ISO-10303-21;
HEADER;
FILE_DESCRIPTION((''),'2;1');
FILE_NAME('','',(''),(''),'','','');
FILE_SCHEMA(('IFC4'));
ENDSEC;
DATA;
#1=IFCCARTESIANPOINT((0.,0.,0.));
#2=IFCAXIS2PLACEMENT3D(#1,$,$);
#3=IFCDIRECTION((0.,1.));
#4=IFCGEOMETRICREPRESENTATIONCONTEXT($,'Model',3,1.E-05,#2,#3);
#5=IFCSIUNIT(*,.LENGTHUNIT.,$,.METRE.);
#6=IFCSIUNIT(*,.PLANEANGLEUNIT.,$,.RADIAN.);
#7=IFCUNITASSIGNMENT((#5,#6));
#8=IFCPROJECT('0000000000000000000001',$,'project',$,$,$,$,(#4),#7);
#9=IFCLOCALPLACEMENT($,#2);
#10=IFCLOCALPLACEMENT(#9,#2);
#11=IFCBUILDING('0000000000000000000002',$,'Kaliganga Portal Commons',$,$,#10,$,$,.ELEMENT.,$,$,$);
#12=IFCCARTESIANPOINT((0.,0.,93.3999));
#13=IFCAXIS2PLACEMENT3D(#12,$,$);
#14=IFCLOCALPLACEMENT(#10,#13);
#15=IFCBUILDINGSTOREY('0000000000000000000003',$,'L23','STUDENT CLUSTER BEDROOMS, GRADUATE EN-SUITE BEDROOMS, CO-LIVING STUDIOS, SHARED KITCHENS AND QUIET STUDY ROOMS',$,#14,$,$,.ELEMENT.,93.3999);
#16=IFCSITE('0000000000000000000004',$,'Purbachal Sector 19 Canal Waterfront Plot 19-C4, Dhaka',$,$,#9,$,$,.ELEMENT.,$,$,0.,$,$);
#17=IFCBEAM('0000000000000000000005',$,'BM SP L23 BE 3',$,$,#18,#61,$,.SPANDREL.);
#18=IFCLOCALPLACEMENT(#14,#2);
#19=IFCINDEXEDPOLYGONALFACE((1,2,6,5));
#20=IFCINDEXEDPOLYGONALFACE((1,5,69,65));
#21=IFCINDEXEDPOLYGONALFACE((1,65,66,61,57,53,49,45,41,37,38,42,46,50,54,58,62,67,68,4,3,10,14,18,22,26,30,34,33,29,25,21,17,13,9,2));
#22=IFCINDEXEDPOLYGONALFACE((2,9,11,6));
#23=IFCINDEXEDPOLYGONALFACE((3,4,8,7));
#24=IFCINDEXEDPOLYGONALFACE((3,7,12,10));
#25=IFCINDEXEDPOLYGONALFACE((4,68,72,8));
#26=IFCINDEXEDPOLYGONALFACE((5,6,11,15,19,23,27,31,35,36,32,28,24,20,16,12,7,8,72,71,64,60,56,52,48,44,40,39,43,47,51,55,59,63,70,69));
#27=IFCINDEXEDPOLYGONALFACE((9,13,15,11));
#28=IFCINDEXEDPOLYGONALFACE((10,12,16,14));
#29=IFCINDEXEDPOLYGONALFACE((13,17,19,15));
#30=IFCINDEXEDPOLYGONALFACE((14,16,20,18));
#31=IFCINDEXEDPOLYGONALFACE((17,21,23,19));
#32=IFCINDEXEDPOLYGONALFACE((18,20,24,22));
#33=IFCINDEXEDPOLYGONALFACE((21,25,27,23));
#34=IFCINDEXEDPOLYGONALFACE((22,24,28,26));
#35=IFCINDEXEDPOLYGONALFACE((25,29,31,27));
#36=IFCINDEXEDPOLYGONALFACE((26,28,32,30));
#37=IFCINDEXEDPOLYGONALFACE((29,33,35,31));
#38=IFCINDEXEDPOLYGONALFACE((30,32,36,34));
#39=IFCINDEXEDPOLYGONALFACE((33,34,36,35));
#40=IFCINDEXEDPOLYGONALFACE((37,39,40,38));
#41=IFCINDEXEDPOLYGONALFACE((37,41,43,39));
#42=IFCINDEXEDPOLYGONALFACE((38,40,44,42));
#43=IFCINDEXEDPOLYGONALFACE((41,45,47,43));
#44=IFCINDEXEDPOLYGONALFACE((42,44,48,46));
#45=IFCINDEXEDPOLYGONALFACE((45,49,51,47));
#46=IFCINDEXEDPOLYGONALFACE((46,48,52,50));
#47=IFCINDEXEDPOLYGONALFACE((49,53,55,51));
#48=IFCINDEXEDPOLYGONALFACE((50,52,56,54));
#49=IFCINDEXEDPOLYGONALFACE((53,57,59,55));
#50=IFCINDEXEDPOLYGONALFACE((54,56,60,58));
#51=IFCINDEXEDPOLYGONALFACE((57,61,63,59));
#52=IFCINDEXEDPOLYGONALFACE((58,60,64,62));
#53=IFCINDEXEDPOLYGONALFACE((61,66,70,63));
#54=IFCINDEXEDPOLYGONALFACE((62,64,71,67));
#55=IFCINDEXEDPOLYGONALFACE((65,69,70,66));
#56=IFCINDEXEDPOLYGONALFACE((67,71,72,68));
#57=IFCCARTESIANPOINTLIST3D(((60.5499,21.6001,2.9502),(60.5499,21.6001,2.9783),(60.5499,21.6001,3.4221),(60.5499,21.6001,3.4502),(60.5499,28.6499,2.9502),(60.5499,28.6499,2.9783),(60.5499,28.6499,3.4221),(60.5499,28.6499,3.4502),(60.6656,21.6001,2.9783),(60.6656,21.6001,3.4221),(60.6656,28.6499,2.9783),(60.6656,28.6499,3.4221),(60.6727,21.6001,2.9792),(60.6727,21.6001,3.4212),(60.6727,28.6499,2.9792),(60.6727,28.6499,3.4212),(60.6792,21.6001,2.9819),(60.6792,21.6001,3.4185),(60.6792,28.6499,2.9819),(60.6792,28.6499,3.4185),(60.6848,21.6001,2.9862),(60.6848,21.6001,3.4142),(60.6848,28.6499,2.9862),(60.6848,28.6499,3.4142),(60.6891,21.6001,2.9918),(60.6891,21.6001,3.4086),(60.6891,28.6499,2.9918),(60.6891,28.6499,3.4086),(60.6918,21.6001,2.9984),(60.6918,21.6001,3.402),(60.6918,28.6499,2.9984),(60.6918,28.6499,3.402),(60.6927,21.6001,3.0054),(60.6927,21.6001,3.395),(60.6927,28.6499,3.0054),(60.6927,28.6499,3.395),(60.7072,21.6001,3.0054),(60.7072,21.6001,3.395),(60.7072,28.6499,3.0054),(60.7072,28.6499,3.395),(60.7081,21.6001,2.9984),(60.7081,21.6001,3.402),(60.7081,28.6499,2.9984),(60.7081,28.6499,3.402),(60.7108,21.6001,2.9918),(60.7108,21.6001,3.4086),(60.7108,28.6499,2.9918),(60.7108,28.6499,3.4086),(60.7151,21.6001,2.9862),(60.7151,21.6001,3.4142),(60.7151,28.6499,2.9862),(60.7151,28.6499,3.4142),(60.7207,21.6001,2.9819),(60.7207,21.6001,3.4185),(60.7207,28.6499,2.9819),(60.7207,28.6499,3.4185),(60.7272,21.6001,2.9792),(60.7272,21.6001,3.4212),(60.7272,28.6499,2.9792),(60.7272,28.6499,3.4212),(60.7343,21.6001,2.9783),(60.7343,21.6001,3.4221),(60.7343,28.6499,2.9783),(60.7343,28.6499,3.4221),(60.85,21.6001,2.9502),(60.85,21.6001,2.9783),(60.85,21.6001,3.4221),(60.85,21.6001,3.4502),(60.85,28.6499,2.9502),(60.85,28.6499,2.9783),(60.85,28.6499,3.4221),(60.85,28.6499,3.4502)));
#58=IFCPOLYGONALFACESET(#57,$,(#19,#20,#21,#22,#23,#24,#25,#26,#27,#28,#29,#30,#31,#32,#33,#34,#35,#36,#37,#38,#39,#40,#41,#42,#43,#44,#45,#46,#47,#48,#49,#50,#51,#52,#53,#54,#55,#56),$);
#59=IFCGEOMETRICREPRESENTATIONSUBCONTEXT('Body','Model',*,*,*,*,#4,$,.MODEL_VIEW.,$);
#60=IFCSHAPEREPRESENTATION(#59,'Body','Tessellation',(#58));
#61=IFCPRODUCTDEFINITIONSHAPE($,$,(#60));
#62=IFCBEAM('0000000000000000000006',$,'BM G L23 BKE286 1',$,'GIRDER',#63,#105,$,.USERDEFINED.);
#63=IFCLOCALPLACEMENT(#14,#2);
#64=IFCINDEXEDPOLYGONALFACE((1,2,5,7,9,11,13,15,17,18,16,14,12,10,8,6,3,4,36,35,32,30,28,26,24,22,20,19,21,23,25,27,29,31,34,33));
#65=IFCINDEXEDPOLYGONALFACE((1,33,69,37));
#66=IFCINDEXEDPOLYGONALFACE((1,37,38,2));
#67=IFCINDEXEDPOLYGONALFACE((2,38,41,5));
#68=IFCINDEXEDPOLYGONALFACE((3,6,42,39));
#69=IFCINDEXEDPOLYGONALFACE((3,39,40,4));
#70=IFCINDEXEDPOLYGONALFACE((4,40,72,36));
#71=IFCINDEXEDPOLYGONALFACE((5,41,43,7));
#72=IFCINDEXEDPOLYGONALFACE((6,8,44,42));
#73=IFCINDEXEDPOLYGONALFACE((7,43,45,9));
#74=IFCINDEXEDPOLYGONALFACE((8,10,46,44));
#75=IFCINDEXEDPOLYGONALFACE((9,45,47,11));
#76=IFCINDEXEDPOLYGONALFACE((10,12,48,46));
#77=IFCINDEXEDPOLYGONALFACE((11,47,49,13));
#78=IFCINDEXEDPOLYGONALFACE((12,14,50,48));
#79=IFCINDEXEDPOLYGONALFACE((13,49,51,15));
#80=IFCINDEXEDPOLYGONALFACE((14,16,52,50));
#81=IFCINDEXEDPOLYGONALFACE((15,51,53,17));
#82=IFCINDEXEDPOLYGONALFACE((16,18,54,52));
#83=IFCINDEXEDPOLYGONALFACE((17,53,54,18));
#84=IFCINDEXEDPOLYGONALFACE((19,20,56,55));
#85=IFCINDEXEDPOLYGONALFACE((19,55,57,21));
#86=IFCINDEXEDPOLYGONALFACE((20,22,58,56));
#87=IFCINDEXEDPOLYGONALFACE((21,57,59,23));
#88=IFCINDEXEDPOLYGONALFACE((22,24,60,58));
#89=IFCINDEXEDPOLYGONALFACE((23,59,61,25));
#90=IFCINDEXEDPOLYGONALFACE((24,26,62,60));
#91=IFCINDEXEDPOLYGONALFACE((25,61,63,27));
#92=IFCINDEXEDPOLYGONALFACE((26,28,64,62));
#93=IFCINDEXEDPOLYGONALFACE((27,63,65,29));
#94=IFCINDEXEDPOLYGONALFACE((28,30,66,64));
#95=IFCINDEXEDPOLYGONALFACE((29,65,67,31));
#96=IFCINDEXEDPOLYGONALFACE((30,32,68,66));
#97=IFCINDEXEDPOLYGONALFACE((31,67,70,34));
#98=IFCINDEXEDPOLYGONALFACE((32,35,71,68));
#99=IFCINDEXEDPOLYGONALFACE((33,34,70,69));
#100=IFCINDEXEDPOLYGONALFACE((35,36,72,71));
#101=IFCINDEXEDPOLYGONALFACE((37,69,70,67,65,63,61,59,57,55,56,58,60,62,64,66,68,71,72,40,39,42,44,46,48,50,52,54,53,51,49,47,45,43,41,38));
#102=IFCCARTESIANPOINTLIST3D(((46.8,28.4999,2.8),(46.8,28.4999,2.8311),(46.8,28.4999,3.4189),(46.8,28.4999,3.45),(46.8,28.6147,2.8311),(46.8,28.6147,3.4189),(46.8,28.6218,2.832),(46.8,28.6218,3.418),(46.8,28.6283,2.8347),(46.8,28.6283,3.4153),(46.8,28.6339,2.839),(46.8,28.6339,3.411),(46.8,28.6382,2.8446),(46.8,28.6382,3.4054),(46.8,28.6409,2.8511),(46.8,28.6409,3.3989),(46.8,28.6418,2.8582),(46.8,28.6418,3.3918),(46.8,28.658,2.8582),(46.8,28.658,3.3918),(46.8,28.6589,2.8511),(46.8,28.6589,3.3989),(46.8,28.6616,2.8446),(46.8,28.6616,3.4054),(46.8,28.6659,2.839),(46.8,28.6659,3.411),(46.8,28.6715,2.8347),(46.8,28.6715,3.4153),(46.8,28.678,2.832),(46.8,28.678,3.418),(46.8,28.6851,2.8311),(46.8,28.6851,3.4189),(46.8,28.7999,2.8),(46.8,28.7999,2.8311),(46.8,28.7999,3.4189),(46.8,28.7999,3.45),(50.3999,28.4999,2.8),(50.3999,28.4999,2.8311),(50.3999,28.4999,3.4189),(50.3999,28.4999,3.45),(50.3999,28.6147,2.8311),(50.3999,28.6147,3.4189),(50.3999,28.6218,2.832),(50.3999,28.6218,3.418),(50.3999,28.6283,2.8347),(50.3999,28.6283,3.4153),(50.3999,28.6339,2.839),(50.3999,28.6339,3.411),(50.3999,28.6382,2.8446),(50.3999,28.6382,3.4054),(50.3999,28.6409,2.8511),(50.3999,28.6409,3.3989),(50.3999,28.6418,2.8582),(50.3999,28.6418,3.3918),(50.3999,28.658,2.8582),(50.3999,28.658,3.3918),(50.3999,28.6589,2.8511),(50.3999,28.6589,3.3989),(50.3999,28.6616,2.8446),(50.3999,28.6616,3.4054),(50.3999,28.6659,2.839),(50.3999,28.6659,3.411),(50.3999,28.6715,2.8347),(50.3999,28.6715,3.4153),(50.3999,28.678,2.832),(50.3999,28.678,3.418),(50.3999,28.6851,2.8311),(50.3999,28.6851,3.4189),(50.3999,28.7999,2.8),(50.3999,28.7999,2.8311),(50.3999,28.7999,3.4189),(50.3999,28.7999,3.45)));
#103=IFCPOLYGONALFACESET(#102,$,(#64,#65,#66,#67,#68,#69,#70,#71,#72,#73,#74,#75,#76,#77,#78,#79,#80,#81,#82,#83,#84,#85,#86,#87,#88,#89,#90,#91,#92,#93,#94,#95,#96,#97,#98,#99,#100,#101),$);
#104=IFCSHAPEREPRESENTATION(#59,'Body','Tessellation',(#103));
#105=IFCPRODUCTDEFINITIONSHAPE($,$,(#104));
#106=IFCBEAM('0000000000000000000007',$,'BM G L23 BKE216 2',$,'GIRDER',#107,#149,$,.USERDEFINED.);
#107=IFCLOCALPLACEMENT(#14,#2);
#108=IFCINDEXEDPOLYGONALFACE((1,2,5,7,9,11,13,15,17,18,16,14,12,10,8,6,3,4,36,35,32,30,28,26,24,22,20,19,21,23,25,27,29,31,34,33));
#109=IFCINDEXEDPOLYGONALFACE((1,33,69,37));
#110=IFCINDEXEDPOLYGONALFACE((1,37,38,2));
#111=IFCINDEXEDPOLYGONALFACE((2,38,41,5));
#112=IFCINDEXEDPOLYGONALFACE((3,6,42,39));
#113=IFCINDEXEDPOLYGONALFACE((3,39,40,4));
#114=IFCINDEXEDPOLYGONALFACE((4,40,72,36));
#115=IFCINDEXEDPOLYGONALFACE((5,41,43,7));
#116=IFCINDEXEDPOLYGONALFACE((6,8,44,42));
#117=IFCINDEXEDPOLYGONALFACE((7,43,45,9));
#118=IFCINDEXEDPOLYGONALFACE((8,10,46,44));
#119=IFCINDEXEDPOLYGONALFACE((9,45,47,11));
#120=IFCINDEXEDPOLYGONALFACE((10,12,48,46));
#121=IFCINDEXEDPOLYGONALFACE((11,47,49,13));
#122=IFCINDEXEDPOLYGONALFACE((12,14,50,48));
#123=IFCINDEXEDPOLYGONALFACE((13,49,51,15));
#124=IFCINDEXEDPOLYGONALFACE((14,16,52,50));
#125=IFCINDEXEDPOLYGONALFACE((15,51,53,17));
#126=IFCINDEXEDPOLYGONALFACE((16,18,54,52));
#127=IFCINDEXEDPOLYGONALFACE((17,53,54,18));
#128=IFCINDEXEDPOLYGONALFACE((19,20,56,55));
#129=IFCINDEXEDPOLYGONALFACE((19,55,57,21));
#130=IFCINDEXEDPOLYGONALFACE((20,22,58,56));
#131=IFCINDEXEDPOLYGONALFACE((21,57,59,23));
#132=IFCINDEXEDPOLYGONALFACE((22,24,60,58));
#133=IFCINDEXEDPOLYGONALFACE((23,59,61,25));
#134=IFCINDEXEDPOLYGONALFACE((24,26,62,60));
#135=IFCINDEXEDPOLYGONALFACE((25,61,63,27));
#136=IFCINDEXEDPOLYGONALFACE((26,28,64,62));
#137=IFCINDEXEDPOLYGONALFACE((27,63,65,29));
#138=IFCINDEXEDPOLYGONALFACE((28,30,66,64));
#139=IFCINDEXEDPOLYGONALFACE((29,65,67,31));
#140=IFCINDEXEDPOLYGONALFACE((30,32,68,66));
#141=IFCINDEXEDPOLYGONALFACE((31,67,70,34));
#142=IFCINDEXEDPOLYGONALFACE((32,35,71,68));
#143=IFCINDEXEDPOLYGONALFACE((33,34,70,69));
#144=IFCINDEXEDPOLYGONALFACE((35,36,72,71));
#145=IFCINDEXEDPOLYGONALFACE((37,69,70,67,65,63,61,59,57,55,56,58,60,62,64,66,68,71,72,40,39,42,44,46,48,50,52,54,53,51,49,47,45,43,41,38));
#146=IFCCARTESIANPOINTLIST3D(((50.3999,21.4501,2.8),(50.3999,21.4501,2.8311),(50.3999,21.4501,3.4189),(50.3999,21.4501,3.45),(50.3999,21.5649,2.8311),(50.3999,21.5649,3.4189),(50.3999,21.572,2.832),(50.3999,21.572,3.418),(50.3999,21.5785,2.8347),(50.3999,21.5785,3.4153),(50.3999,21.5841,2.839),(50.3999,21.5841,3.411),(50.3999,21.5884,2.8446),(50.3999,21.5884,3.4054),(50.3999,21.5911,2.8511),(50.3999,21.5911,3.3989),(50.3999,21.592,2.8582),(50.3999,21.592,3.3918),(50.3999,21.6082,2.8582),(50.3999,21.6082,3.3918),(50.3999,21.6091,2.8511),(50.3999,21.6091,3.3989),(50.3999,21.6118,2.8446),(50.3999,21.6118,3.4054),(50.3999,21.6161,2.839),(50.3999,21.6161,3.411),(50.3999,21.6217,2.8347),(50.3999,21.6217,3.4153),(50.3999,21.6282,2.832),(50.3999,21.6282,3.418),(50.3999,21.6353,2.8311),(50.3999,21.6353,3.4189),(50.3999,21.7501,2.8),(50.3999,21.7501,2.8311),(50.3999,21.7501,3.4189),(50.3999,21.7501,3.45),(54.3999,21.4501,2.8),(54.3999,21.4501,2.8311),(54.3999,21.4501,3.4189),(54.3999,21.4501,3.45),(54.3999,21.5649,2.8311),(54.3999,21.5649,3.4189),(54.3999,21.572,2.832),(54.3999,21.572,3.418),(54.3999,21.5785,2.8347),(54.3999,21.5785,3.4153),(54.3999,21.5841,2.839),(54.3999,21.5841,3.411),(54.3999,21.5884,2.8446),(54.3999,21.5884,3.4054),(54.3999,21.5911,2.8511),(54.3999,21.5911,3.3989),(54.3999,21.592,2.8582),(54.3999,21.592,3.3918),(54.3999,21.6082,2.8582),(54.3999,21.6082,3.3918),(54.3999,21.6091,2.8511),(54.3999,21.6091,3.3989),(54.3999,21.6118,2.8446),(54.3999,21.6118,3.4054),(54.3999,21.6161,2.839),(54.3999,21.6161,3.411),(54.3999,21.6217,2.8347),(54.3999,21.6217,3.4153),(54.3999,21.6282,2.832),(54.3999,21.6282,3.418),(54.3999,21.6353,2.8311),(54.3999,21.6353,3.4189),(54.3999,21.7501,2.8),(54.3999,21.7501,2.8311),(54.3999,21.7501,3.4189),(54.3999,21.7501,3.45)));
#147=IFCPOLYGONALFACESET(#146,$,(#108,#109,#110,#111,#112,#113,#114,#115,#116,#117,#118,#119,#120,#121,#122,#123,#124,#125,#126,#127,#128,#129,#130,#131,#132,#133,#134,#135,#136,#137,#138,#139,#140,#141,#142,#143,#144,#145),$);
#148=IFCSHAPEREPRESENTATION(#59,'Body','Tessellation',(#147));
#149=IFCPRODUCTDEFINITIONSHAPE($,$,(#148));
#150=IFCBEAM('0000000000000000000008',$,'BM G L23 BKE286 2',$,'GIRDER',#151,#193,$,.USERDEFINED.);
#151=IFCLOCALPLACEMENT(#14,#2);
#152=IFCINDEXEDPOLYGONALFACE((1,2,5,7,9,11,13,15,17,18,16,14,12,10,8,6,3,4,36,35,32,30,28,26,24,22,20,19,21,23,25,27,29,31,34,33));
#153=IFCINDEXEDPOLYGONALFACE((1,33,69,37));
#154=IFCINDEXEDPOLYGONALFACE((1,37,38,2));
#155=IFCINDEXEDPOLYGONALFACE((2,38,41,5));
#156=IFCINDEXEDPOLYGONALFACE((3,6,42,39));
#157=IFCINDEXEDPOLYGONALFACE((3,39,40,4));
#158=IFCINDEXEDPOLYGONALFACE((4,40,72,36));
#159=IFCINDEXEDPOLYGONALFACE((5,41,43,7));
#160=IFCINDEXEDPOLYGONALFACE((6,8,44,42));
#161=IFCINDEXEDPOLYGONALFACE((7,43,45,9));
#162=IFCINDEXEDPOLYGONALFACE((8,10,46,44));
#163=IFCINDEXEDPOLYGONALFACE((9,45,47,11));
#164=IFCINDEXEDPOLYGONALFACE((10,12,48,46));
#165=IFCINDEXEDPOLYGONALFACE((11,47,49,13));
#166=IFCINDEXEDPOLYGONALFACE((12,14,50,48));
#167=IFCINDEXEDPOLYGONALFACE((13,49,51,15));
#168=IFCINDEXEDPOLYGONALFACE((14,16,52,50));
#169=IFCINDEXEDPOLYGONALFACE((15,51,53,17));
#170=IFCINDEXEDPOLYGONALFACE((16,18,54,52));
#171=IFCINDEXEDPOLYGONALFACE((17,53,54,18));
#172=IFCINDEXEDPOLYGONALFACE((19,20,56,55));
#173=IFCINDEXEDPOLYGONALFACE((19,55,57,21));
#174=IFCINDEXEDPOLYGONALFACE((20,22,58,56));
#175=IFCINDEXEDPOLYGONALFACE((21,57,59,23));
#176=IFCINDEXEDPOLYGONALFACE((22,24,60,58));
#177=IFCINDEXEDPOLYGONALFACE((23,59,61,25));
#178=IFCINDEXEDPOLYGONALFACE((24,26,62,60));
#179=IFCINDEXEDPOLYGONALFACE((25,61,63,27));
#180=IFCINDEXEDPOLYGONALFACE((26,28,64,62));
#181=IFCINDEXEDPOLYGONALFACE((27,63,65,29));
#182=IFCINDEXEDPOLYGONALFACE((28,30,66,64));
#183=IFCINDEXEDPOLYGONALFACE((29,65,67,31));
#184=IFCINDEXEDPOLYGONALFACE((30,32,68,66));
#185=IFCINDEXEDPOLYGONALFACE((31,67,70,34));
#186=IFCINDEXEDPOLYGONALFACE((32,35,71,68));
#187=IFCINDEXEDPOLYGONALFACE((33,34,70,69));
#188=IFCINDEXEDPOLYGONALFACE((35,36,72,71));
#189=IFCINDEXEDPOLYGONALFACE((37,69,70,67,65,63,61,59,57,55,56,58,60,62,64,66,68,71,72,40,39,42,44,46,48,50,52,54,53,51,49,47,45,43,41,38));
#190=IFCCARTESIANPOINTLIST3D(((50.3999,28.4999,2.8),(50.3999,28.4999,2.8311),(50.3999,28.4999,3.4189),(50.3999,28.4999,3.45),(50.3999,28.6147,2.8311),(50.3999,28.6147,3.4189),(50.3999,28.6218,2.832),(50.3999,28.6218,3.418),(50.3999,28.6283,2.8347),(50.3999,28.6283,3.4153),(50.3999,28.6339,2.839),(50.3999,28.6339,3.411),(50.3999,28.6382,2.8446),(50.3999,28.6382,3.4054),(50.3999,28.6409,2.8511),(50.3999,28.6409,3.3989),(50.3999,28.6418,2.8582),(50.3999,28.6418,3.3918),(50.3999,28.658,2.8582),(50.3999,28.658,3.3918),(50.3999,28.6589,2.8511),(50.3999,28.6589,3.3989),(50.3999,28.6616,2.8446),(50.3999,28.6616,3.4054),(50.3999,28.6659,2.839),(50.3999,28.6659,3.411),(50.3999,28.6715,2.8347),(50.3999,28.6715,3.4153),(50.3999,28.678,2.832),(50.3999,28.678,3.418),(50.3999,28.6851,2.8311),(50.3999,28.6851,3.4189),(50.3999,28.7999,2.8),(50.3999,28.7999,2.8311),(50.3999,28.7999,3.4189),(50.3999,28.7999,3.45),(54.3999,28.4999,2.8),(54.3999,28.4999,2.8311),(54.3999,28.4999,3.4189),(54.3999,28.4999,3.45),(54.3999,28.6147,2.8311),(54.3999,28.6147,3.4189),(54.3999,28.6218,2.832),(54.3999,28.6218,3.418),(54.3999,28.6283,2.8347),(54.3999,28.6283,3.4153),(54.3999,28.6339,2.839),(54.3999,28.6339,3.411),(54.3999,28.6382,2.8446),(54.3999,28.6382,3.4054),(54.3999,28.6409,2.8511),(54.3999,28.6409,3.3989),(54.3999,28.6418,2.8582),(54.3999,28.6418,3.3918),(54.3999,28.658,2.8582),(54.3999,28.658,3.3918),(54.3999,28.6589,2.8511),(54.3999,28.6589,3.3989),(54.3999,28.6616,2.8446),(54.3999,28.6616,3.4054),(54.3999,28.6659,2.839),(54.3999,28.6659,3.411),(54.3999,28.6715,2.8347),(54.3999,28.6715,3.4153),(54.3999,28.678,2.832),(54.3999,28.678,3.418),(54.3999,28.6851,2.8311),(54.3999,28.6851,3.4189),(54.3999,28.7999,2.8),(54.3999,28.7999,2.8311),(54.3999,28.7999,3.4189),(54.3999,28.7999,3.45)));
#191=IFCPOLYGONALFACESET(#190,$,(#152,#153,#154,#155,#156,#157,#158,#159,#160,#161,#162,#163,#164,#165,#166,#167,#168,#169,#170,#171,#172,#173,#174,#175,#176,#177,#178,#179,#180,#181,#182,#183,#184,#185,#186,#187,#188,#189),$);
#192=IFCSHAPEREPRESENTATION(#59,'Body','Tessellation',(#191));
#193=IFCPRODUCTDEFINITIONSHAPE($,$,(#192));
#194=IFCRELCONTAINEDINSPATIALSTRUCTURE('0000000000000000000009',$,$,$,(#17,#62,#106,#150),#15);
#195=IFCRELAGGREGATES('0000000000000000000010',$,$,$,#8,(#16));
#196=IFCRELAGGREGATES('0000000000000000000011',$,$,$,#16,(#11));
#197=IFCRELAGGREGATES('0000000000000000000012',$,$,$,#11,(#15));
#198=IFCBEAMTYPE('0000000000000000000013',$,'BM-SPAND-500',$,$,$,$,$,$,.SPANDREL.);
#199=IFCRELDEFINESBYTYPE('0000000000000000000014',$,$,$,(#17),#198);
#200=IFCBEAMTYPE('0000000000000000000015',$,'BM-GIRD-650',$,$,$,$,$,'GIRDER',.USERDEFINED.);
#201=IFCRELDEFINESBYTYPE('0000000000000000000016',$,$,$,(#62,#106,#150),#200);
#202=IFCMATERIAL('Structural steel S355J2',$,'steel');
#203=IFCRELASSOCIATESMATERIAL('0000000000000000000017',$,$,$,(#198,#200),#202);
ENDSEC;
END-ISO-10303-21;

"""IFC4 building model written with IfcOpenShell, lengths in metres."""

from ifc_helpers import new_model, si_unit, direction, frame, origin, origin_2d, place, context, subcontext, project, spatial, i_section, extrude, source, transform, mapped, material, material_profile, profile_set, type_object, element, save


model = new_model("IFC4")

# Units and contexts
model_context = context("Model", 3, precision=1e-05, world=origin(), true_north=direction((0.0, 1.0)))
body_context = subcontext(model_context, "Body", "Model", "MODEL_VIEW")
ifc_project = project(units=[si_unit("LENGTHUNIT", "METRE"), si_unit("PLANEANGLEUNIT", "RADIAN")], contexts=[model_context])

# Site, building, storey
site_placement = place(None, origin())
site = spatial("IfcSite", under=ifc_project, at=site_placement, Name="Purbachal Sector 19 Canal Waterfront Plot 19-C4, Dhaka", CompositionType="ELEMENT", RefElevation=0.0)
building_placement = place(site_placement, origin())
building = spatial("IfcBuilding", under=site, at=building_placement, Name="Kaliganga Portal Commons", CompositionType="ELEMENT")
storey_placement = place(building_placement, frame((0.0, 0.0, 93.3999)))
storey = spatial("IfcBuildingStorey", under=building, at=storey_placement, Name="L23", Description="STUDENT CLUSTER BEDROOMS, GRADUATE EN-SUITE BEDROOMS, CO-LIVING STUDIOS, SHARED KITCHENS AND QUIET STUDY ROOMS", CompositionType="ELEMENT", Elevation=93.3999)

# Beams
ifc_material_1 = material(Name="Structural steel S355J2", Category="steel")
ifc_material_profile_1 = material_profile(ifc_material_1, i_section(OverallWidth=0.3, OverallDepth=0.5, WebThickness=0.0144, FlangeThickness=0.0281, FilletRadius=0.0271, at=origin_2d()), Name="HE 500 B")
ifc_profile_set_1 = profile_set([ifc_material_profile_1], Name="Structural steel S355J2 wide-flange")
beam_type_1 = type_object("IfcBeamType", Name="BM-SPAND-500", PredefinedType="SPANDREL", material=ifc_profile_set_1)
shared_shape_1 = source(origin(), body_context, "Body", "SweptSolid", [
    extrude(i_section(OverallWidth=0.3, OverallDepth=0.5, WebThickness=0.0144, FlangeThickness=0.0281, FilletRadius=0.0271, at=origin_2d()), origin(), (0.0, 0.0, 1.0), 7.0498),
])
beam_1_placement = place(storey_placement, frame((60.7, 21.6001, 3.2002), z_axis=(0.0, 1.0, 0.0), x_axis=(-1.0, 0.0, 0.0)))
element("IfcBeam", 1, at=beam_1_placement, inside=storey, type_object=beam_type_1, Name="BM SP L23 BE 3", PredefinedType="SPANDREL", context=body_context, shape_type="MappedRepresentation", body=[
    mapped(shared_shape_1, transform((0.0, 0.0, 0.0), x_axis=(1.0, 0.0, 0.0), y_axis=(0.0, 1.0, 0.0), z_axis=(0.0, 0.0, 1.0), scale=1.0)),
])
ifc_material_profile_2 = material_profile(ifc_material_1, i_section(OverallWidth=0.3, OverallDepth=0.6499, WebThickness=0.0161, FlangeThickness=0.031, FilletRadius=0.0271, at=origin_2d()), Name="HE 650 B")
ifc_profile_set_2 = profile_set([ifc_material_profile_2], Name="Structural steel S355J2 wide-flange")
beam_type_2 = type_object("IfcBeamType", Name="BM-GIRD-650", ElementType="GIRDER", PredefinedType="USERDEFINED", material=ifc_profile_set_2)
shared_shape_2 = source(origin(), body_context, "Body", "SweptSolid", [
    extrude(i_section(OverallWidth=0.3, OverallDepth=0.6499, WebThickness=0.0161, FlangeThickness=0.031, FilletRadius=0.0271, at=origin_2d()), origin(), (0.0, 0.0, 1.0), 3.5999),
])
beam_2_placement = place(storey_placement, frame((46.8, 28.6499, 3.125), z_axis=(1.0, 0.0, 0.0), x_axis=(0.0, 1.0, 0.0)))
element("IfcBeam", 2, at=beam_2_placement, inside=storey, type_object=beam_type_2, Name="BM G L23 BKE286 1", ObjectType="GIRDER", PredefinedType="USERDEFINED", context=body_context, shape_type="MappedRepresentation", body=[
    mapped(shared_shape_2, transform((0.0, 0.0, 0.0), x_axis=(1.0, 0.0, 0.0), y_axis=(0.0, 1.0, 0.0), z_axis=(0.0, 0.0, 1.0), scale=1.0)),
])
shared_shape_3 = source(origin(), body_context, "Body", "SweptSolid", [
    extrude(i_section(OverallWidth=0.3, OverallDepth=0.6499, WebThickness=0.0161, FlangeThickness=0.031, FilletRadius=0.0271, at=origin_2d()), origin(), (0.0, 0.0, 1.0), 4.0),
])
for number, where, z_axis, x_axis, name in (
    (3, (50.3999, 21.6001, 3.125), (1.0, 0.0, 0.0), (0.0, 1.0, 0.0), "BM G L23 BKE216 2"),
    (4, (50.3999, 28.6499, 3.125), (1.0, 0.0, 0.0), (0.0, 1.0, 0.0), "BM G L23 BKE286 2"),
):
    element("IfcBeam", number, at=place(storey_placement, frame(where, z_axis=z_axis, x_axis=x_axis)), inside=storey, type_object=beam_type_2, Name=name, ObjectType="GIRDER", PredefinedType="USERDEFINED", context=body_context, shape_type="MappedRepresentation", body=[
        mapped(shared_shape_3, transform((0.0, 0.0, 0.0), x_axis=(1.0, 0.0, 0.0), y_axis=(0.0, 1.0, 0.0), z_axis=(0.0, 0.0, 1.0), scale=1.0)),
    ])

save(model, "model.ifc")
